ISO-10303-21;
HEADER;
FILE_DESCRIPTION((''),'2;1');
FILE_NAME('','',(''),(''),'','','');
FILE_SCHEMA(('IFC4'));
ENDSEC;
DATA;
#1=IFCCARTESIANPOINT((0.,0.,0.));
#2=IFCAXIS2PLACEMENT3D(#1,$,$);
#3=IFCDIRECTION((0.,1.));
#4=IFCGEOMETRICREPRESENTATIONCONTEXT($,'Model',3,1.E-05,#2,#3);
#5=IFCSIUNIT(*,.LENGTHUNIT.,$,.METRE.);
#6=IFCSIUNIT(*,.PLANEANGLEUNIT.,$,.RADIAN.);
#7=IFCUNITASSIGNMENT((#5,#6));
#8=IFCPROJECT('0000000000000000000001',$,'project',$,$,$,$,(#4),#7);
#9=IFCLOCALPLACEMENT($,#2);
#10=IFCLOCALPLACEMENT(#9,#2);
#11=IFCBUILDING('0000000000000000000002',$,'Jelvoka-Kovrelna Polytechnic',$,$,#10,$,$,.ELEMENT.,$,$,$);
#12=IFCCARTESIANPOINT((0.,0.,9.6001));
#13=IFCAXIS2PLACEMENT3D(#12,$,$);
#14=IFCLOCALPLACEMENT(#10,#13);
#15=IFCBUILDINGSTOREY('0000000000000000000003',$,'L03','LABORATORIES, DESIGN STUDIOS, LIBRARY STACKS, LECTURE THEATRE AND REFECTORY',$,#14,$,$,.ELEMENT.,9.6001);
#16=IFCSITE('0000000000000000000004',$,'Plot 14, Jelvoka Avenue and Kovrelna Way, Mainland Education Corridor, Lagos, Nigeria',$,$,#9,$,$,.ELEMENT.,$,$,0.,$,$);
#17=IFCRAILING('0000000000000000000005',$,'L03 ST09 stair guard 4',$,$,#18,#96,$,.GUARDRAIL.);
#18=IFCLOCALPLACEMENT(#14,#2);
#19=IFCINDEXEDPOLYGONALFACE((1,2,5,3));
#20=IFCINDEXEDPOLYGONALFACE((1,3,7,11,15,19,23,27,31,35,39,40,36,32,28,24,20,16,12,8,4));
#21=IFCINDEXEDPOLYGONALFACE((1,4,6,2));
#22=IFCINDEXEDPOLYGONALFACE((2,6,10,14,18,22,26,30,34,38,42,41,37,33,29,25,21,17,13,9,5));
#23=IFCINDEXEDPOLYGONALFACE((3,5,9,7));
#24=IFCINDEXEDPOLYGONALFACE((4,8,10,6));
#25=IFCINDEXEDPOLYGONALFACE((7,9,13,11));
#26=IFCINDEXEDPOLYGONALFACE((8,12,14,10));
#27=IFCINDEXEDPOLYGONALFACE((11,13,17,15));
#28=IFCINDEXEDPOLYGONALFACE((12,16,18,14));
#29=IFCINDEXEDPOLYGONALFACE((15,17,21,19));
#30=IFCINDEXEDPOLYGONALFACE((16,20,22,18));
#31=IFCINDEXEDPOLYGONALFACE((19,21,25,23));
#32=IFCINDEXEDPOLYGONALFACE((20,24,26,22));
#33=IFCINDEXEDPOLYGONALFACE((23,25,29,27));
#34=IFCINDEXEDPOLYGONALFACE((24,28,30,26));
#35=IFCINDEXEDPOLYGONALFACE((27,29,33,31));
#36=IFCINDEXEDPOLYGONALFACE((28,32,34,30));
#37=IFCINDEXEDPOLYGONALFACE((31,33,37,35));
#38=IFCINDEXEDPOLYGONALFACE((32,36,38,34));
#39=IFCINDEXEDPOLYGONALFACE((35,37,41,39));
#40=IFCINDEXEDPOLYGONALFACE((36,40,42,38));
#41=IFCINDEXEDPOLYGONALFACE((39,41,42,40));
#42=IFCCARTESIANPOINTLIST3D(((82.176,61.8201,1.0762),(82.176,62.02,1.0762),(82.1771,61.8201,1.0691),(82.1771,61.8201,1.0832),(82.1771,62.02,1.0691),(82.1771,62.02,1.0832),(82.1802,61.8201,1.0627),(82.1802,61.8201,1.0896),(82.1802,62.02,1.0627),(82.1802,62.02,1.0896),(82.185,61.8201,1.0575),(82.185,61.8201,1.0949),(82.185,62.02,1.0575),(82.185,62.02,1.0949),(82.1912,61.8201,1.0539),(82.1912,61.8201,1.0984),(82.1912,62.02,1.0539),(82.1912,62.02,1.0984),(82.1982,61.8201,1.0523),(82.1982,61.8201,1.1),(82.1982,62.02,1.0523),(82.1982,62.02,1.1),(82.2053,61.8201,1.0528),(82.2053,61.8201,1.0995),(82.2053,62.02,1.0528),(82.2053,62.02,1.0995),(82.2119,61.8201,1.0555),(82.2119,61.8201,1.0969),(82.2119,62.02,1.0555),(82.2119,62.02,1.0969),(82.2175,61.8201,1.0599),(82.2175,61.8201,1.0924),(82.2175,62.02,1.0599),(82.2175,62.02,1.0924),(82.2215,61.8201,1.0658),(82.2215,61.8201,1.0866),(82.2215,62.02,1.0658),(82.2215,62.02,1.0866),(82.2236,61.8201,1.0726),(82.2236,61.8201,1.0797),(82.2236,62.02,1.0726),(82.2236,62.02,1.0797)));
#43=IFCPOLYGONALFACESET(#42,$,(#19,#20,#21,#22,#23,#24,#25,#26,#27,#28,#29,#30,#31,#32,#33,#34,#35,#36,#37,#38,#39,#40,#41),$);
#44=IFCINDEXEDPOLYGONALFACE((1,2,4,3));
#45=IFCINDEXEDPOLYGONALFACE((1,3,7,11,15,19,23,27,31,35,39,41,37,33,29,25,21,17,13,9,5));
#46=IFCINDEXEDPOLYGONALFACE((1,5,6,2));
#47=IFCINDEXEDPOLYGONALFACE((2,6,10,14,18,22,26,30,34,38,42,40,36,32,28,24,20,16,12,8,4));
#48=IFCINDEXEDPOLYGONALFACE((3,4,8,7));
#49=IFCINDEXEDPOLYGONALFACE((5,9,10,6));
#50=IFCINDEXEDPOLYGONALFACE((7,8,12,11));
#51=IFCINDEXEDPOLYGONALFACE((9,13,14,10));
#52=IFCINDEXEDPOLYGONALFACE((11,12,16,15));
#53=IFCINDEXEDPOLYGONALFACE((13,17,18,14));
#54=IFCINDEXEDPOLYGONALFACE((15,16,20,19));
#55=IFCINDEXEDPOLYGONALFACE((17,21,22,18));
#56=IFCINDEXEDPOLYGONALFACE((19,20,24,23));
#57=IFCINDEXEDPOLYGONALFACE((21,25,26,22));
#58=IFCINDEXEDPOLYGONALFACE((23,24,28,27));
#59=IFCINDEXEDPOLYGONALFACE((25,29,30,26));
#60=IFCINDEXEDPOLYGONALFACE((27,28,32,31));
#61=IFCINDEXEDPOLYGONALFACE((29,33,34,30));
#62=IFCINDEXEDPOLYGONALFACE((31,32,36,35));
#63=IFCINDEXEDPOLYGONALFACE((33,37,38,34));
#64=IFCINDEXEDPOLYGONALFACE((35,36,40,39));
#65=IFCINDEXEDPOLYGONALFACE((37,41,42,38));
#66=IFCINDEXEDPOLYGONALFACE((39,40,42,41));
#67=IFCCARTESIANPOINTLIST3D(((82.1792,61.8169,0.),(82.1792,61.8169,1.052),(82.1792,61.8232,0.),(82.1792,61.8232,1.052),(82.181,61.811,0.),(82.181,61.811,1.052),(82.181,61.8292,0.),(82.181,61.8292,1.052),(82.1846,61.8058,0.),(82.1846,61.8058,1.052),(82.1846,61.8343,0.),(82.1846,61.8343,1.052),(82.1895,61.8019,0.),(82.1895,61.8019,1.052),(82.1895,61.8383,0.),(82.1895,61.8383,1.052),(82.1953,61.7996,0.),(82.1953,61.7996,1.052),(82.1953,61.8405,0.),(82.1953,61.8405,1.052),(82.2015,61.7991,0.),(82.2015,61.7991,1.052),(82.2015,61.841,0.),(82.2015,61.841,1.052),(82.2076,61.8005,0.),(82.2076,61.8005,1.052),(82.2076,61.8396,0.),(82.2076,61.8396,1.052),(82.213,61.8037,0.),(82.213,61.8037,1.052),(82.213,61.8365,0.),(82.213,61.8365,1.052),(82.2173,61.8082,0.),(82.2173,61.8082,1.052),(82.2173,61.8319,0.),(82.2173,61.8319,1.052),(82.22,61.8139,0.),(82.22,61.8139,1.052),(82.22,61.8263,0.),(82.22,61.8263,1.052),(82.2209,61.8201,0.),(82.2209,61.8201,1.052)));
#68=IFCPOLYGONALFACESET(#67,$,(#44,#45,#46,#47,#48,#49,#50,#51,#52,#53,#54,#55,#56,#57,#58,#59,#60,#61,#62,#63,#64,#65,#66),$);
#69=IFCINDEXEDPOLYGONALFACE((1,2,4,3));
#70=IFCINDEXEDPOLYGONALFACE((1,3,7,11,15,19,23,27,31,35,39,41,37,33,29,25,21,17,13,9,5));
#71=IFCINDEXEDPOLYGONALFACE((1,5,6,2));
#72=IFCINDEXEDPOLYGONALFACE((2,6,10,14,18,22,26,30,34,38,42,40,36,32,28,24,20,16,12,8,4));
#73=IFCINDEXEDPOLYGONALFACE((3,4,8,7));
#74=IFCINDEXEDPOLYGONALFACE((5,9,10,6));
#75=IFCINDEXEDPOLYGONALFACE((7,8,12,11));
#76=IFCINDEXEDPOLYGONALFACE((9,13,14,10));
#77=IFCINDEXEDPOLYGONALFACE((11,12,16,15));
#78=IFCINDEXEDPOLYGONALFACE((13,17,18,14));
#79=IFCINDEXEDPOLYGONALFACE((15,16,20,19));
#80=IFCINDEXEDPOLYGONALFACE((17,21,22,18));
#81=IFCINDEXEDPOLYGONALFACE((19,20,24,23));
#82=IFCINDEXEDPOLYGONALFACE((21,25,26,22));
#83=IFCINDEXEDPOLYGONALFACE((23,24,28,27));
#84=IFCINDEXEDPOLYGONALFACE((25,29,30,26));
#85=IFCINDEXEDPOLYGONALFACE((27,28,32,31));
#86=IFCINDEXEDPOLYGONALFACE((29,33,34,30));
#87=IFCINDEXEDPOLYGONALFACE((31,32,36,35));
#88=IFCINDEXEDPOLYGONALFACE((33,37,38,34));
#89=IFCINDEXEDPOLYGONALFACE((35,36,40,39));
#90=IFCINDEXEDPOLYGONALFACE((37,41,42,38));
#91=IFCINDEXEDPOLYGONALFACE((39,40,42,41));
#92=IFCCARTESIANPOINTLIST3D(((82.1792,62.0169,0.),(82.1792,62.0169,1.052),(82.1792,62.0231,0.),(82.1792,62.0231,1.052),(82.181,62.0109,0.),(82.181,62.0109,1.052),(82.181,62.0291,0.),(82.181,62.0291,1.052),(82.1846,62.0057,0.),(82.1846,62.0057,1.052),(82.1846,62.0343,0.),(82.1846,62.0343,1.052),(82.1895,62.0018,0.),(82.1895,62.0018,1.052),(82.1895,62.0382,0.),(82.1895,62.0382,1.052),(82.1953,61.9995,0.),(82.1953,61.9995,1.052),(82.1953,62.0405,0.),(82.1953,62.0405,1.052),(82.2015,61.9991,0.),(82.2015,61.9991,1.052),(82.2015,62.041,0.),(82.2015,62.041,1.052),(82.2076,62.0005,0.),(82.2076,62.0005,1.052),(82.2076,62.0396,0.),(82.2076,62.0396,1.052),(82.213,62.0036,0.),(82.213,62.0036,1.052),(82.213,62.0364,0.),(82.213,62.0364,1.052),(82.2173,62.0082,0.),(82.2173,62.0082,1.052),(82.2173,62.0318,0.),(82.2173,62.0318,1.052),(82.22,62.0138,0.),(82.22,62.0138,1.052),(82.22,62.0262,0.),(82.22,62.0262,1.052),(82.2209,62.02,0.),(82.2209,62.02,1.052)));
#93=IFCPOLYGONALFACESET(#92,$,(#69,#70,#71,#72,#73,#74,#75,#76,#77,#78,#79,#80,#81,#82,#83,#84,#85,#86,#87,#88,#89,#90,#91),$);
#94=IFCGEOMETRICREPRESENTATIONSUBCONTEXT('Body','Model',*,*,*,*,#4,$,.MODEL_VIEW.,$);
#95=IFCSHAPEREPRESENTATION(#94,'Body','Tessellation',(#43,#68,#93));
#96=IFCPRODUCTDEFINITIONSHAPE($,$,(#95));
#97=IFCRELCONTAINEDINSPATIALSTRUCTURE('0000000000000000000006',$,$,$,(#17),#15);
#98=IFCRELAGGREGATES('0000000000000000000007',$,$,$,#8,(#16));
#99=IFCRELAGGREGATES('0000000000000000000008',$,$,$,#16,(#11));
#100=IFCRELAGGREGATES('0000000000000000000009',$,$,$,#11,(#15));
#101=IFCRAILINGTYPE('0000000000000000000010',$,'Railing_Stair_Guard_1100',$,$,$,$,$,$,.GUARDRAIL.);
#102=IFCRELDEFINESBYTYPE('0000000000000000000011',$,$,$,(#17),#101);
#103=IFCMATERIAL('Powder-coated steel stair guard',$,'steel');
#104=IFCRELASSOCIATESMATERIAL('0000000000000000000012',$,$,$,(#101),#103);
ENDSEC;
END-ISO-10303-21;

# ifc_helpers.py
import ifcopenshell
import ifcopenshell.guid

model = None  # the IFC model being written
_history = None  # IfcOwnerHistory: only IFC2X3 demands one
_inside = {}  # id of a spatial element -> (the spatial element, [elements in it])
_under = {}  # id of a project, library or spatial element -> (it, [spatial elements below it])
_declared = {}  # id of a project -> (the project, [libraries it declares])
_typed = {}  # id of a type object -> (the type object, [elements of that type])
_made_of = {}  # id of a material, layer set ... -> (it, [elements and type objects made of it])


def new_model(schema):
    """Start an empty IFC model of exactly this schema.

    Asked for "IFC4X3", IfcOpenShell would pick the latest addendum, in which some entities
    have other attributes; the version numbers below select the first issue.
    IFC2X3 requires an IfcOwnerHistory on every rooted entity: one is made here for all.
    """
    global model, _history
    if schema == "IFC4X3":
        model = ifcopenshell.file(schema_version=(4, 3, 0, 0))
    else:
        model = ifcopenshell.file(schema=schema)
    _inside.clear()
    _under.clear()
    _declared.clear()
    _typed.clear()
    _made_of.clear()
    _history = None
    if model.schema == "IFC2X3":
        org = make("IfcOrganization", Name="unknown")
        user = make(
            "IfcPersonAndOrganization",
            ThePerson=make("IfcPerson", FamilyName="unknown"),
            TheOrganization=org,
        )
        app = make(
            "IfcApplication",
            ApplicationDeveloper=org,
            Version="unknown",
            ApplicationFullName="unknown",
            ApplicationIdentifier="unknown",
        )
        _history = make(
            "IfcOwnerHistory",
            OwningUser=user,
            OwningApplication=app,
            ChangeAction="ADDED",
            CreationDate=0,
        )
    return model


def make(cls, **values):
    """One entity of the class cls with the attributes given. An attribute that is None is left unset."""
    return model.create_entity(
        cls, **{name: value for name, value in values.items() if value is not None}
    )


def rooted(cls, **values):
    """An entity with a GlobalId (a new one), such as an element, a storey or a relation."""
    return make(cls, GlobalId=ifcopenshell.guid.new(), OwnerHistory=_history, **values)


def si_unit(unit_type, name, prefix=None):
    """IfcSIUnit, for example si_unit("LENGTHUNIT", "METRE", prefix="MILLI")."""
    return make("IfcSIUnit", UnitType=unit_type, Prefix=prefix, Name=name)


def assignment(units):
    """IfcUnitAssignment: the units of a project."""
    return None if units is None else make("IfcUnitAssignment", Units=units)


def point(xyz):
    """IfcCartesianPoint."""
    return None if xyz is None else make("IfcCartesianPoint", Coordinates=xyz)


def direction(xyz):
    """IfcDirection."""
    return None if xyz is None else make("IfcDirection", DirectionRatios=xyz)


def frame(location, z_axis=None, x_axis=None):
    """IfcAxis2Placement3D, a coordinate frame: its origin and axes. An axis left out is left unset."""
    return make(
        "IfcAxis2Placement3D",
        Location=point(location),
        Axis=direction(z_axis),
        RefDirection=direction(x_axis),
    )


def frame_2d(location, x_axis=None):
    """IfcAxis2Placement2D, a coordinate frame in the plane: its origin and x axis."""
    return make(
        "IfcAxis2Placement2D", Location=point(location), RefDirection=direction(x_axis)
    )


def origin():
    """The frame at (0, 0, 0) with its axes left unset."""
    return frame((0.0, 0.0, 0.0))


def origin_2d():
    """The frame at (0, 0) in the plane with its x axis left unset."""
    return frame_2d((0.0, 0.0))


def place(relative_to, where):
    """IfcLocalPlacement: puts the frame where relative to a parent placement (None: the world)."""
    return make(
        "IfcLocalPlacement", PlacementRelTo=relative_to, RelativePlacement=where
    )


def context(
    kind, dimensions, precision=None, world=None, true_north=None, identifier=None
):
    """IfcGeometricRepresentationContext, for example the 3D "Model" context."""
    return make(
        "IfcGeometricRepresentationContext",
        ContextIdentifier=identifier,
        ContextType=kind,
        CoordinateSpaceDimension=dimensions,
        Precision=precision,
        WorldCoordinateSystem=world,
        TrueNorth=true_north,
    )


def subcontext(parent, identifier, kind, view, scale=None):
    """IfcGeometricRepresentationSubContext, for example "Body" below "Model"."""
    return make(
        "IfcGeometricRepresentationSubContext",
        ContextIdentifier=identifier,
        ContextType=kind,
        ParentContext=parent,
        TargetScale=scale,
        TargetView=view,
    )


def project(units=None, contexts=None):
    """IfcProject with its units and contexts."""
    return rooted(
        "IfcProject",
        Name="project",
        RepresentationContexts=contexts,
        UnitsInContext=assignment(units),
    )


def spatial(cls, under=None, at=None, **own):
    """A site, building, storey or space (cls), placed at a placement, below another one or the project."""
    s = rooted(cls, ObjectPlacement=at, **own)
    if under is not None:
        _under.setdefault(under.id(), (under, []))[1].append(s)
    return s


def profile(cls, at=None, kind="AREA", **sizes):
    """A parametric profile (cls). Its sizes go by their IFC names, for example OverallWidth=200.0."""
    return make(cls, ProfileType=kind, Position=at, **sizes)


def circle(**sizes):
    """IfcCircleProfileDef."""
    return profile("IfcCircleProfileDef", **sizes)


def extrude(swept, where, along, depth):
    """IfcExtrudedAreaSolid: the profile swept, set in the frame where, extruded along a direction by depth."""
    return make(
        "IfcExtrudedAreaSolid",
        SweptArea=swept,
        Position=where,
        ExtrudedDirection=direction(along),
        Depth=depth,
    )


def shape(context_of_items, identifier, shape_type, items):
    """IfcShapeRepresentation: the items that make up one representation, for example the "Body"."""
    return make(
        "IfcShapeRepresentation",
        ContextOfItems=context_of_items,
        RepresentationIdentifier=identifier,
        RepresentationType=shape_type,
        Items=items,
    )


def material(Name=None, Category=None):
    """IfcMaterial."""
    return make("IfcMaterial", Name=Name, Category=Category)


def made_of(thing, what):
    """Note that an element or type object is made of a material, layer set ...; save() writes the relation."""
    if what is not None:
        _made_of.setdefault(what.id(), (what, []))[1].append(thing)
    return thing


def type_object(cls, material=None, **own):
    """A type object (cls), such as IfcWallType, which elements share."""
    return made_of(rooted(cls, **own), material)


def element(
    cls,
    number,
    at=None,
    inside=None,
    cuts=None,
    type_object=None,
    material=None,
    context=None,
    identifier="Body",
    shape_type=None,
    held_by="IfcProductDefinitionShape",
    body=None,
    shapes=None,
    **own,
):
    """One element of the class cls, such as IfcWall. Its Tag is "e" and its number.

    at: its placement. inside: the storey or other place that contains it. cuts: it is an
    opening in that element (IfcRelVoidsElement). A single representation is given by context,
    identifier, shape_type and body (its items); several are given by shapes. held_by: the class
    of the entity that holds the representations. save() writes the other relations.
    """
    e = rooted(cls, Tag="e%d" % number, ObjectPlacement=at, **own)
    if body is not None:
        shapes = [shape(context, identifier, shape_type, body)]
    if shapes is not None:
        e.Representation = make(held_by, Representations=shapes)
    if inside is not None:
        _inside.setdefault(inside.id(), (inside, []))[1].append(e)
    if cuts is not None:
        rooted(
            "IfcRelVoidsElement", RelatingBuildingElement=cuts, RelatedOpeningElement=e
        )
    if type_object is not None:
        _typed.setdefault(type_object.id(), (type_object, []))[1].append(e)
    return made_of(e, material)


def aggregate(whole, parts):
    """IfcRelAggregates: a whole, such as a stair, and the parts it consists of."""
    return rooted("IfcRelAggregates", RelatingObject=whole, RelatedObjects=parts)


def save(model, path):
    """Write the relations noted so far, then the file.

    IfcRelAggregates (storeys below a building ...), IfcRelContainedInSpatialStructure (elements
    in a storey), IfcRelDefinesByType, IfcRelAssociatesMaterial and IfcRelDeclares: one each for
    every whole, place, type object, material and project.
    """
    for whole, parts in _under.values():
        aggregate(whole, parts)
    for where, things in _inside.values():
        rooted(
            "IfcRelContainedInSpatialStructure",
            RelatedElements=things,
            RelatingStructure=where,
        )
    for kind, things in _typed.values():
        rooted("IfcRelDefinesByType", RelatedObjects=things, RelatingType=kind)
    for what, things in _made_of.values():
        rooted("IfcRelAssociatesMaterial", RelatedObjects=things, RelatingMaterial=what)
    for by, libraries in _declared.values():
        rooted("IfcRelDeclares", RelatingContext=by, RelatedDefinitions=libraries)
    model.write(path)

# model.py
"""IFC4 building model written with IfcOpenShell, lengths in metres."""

from ifc_helpers import new_model, si_unit, direction, frame, origin, origin_2d, place, context, subcontext, project, spatial, circle, extrude, material, type_object, element, save


model = new_model("IFC4")

# Units and contexts
model_context = context("Model", 3, precision=1e-05, world=origin(), true_north=direction((0.0, 1.0)))
body_context = subcontext(model_context, "Body", "Model", "MODEL_VIEW")
ifc_project = project(units=[si_unit("LENGTHUNIT", "METRE"), si_unit("PLANEANGLEUNIT", "RADIAN")], contexts=[model_context])

# Site, building, storey
site_placement = place(None, origin())
site = spatial("IfcSite", under=ifc_project, at=site_placement, Name="Plot 14, Jelvoka Avenue and Kovrelna Way, Mainland Education Corridor, Lagos, Nigeria", CompositionType="ELEMENT", RefElevation=0.0)
building_placement = place(site_placement, origin())
building = spatial("IfcBuilding", under=site, at=building_placement, Name="Jelvoka-Kovrelna Polytechnic", CompositionType="ELEMENT")
storey_placement = place(building_placement, frame((0.0, 0.0, 9.6001)))
storey = spatial("IfcBuildingStorey", under=building, at=storey_placement, Name="L03", Description="LABORATORIES, DESIGN STUDIOS, LIBRARY STACKS, LECTURE THEATRE AND REFECTORY", CompositionType="ELEMENT", Elevation=9.6001)

# Railing
ifc_material_1 = material(Name="Powder-coated steel stair guard", Category="steel")
railing_type_1 = type_object("IfcRailingType", Name="Railing_Stair_Guard_1100", PredefinedType="GUARDRAIL", material=ifc_material_1)
railing_1_placement = place(storey_placement, frame((82.2, 61.8201, 0.0)))
element("IfcRailing", 1, at=railing_1_placement, inside=storey, type_object=railing_type_1, Name="L03 ST09 stair guard 4", PredefinedType="GUARDRAIL", context=body_context, shape_type="SweptSolid", body=[
    extrude(circle(Radius=0.0239, at=origin_2d()), frame((0.0, 0.0, 1.0762), z_axis=(0.0, 1.0, 0.0), x_axis=(-1.0, 0.0, 0.0)), (0.0, 0.0, 1.0), 0.2),
    extrude(circle(Radius=0.021, at=origin_2d()), origin(), (0.0, 0.0, 1.0), 1.052),
    extrude(circle(Radius=0.021, at=origin_2d()), frame((0.0, 0.2, 0.0)), (0.0, 0.0, 1.0), 1.052),
])

save(model, "model.ifc")
